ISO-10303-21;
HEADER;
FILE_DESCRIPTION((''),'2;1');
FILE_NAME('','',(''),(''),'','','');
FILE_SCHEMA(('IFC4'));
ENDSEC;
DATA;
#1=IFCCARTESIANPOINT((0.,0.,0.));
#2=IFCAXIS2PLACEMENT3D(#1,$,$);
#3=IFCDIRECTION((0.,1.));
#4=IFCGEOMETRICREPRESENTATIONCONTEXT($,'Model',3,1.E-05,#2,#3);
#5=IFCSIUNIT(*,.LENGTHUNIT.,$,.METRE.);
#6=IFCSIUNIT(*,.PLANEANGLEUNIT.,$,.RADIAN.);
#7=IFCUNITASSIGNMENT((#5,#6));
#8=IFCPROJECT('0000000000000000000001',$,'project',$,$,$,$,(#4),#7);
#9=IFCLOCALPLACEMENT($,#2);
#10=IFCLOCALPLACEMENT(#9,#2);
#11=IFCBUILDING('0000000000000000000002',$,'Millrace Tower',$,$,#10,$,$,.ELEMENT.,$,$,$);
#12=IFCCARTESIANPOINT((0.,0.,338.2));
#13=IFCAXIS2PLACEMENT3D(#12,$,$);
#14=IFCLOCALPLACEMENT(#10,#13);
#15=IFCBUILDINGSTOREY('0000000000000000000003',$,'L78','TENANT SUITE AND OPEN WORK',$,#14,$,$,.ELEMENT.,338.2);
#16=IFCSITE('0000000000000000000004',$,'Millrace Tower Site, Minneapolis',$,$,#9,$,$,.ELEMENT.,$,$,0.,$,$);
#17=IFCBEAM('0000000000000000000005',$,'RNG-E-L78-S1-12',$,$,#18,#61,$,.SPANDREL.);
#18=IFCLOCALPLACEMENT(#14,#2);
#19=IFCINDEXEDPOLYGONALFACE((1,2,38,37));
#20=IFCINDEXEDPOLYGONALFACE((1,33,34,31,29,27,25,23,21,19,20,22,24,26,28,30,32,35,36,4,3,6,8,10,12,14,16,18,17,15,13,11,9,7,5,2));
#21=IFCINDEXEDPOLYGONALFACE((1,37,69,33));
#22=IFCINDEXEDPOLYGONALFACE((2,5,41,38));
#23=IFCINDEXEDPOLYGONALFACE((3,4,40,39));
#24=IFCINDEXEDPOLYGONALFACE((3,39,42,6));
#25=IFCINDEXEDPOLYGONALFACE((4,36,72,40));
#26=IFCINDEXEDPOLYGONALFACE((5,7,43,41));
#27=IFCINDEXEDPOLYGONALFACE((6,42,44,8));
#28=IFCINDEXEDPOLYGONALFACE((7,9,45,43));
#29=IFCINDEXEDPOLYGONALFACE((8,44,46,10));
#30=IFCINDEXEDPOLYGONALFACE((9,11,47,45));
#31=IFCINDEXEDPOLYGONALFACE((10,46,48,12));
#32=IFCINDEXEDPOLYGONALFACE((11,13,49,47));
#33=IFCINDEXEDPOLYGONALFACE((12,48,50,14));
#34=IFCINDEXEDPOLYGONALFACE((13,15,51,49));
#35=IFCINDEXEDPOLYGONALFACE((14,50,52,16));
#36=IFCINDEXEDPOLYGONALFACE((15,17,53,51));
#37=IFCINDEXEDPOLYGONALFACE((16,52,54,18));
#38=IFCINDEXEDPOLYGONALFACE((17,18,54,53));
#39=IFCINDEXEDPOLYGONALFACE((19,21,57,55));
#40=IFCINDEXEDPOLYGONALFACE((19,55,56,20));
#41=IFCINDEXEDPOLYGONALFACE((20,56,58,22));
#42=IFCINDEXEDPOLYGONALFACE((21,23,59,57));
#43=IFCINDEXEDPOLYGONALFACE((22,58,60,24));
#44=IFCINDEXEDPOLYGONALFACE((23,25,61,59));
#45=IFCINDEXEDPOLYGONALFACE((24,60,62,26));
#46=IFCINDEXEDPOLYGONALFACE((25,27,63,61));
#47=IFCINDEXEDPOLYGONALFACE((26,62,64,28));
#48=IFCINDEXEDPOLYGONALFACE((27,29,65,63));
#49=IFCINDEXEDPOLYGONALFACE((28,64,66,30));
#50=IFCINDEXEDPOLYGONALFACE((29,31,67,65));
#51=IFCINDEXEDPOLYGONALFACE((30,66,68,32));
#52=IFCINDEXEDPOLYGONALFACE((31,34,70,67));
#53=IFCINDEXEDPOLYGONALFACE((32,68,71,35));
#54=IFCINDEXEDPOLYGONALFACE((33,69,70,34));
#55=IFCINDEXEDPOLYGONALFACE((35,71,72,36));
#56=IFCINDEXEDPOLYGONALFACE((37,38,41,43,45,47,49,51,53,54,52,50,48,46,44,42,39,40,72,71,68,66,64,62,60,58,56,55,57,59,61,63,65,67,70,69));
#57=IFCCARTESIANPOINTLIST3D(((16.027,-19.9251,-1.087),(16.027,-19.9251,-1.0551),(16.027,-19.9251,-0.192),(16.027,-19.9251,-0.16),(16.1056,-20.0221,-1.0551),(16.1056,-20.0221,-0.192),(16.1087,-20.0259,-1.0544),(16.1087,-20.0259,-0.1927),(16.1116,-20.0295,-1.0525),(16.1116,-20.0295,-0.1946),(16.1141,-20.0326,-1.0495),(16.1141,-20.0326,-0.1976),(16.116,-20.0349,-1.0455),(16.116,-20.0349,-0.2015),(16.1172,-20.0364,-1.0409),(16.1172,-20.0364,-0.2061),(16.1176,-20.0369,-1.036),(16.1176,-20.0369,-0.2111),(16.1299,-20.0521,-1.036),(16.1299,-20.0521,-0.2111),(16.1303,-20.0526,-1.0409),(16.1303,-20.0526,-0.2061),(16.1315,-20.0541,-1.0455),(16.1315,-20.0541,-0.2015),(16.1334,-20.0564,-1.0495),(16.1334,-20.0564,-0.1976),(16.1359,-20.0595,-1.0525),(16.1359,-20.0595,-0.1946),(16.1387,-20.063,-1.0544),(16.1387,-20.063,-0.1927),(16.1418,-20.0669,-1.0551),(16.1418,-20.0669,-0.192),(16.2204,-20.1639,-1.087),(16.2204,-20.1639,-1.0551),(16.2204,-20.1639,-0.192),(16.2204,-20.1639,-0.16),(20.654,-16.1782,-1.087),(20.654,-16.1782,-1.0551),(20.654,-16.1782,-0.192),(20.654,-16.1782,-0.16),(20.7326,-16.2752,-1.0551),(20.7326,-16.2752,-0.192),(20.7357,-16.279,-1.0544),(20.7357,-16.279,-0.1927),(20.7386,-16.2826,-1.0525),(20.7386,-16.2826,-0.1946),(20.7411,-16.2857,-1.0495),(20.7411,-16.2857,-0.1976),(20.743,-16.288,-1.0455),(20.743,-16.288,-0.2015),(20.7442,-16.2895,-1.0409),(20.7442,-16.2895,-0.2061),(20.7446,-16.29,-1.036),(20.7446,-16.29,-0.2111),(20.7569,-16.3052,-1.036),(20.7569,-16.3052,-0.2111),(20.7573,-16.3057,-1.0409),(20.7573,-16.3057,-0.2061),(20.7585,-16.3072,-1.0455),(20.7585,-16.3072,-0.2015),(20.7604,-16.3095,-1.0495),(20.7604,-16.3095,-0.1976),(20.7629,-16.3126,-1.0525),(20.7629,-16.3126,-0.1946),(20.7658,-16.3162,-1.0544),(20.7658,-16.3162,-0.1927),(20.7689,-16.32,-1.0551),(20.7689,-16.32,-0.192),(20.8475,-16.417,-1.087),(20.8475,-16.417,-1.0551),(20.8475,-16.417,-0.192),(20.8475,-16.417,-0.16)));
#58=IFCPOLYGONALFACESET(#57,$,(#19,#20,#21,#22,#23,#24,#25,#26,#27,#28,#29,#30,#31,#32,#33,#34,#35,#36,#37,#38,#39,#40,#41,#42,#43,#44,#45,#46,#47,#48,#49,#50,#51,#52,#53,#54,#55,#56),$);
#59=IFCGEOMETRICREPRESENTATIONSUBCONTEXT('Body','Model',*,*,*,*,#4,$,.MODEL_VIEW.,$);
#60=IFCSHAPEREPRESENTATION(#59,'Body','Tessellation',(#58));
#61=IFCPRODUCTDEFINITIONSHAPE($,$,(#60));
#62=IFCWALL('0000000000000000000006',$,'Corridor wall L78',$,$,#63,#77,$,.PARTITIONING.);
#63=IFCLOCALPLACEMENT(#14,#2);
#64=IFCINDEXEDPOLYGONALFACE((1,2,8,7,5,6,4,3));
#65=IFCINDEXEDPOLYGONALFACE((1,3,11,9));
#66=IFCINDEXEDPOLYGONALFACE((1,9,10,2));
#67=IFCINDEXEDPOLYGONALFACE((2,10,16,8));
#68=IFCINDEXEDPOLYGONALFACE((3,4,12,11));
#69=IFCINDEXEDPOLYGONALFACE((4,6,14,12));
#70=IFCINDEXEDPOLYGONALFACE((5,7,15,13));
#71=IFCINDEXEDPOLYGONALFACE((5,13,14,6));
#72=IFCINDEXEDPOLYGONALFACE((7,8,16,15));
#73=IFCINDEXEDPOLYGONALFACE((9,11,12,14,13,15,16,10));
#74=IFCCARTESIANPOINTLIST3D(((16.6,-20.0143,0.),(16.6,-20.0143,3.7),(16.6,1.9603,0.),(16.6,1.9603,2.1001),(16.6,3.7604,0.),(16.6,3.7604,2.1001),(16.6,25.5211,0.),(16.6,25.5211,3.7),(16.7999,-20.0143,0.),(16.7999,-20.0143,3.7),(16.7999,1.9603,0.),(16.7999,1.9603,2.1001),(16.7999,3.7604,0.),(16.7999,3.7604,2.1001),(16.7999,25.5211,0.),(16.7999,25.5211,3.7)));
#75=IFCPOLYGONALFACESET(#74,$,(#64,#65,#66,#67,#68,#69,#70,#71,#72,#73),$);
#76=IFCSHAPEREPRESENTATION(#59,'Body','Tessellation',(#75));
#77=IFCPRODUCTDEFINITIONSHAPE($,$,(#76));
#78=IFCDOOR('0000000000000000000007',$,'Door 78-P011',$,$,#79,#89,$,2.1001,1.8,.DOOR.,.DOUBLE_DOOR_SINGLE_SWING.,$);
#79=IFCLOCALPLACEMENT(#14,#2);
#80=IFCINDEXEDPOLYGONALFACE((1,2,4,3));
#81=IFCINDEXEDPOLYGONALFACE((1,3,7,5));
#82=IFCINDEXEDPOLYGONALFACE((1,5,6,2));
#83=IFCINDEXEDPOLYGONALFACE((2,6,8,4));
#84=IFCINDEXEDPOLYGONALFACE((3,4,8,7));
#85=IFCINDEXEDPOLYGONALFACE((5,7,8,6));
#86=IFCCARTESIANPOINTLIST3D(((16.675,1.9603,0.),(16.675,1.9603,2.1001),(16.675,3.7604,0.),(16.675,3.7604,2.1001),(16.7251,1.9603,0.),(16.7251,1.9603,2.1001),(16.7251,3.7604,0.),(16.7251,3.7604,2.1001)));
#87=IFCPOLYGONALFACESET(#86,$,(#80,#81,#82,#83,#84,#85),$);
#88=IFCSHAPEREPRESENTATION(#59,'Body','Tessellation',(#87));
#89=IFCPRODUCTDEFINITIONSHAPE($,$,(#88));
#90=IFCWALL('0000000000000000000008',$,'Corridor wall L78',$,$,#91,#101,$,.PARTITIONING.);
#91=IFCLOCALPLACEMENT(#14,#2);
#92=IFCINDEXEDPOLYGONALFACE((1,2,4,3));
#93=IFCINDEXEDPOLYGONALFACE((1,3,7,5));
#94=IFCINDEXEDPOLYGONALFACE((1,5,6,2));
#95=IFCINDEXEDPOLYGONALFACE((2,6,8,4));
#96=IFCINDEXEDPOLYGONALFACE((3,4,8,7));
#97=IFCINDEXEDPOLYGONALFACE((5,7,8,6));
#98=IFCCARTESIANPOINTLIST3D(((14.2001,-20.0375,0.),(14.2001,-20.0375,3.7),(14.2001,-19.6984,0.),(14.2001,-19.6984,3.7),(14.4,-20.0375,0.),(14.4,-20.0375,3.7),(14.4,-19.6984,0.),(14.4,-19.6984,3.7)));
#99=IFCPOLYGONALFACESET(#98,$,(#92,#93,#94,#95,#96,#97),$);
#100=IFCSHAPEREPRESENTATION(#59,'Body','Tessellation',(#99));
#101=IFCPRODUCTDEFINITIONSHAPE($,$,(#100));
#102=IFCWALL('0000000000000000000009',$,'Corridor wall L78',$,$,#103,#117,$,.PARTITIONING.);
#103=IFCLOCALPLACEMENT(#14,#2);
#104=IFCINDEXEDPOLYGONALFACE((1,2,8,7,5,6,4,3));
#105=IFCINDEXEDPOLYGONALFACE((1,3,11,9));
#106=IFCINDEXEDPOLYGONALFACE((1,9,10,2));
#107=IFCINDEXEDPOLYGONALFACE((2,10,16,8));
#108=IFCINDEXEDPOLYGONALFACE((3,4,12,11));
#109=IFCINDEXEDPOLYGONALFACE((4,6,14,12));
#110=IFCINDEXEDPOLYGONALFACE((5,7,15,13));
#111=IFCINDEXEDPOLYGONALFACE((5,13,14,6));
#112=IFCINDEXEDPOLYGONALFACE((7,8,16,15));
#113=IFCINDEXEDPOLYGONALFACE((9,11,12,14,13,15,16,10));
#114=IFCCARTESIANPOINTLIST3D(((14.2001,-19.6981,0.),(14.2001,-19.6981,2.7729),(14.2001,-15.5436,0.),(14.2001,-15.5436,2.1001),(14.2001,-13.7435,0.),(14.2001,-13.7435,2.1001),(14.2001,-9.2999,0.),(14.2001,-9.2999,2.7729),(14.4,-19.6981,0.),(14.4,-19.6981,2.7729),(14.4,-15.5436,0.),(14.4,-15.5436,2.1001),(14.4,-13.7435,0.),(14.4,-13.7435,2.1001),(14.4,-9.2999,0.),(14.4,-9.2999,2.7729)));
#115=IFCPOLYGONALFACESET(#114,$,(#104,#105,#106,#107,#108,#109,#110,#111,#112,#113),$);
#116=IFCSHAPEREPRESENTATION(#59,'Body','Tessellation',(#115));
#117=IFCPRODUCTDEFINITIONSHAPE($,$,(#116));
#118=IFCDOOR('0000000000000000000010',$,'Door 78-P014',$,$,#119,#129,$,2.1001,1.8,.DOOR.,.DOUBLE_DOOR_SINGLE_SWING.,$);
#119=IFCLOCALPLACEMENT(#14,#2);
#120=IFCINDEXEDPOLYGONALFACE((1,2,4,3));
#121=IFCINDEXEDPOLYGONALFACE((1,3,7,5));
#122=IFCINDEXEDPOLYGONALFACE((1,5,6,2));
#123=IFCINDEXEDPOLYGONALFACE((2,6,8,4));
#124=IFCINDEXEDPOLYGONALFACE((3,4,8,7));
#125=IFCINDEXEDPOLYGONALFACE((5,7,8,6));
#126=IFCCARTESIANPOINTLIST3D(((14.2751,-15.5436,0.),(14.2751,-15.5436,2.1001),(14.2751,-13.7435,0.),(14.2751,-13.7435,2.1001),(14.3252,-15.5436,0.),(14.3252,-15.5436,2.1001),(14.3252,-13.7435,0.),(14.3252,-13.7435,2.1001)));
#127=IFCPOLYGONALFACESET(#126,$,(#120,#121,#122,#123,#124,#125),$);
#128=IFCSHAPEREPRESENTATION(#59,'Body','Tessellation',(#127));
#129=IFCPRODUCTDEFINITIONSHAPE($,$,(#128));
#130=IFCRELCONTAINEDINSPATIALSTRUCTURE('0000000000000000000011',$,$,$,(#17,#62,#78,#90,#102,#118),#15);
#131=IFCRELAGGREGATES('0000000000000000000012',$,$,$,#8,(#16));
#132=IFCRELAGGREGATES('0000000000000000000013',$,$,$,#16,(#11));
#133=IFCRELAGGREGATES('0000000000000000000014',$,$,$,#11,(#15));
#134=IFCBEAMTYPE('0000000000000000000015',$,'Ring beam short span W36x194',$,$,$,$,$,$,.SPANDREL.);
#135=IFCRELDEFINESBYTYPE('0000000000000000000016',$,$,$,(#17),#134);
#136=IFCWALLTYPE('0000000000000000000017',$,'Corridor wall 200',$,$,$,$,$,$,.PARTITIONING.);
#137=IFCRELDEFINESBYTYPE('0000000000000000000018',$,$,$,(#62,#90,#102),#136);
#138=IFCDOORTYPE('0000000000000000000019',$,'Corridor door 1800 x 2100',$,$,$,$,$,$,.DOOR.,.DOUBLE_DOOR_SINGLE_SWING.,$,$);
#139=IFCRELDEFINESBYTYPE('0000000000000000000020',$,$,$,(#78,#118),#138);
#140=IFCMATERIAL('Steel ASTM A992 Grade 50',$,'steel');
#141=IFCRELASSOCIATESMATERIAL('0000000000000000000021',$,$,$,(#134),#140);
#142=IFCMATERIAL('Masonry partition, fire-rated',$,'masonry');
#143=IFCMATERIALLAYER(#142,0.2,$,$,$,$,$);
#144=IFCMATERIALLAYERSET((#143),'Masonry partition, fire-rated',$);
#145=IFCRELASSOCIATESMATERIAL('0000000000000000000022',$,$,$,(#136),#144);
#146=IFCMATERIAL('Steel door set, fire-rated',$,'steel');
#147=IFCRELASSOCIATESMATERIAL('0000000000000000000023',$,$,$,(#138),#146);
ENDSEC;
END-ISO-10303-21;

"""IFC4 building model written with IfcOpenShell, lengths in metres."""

from ifc_helpers import new_model, si_unit, direction, frame, frame_2d, origin, origin_2d, place, context, subcontext, project, spatial, rectangle, i_section, extrude, material, layer, layer_set, material_profile, profile_set, type_object, element, fill, save


model = new_model("IFC4")

# Units and contexts
model_context = context("Model", 3, precision=1e-05, world=origin(), true_north=direction((0.0, 1.0)))
body_context = subcontext(model_context, "Body", "Model", "MODEL_VIEW")
ifc_project = project(units=[si_unit("LENGTHUNIT", "METRE"), si_unit("PLANEANGLEUNIT", "RADIAN")], contexts=[model_context])

# Site, building, storey
site_placement = place(None, origin())
site = spatial("IfcSite", under=ifc_project, at=site_placement, Name="Millrace Tower Site, Minneapolis", CompositionType="ELEMENT", RefElevation=0.0)
building_placement = place(site_placement, origin())
building = spatial("IfcBuilding", under=site, at=building_placement, Name="Millrace Tower", CompositionType="ELEMENT")
storey_placement = place(building_placement, frame((0.0, 0.0, 338.2)))
storey = spatial("IfcBuildingStorey", under=building, at=storey_placement, Name="L78", Description="TENANT SUITE AND OPEN WORK", CompositionType="ELEMENT", Elevation=338.2)

# Beam
ifc_material_1 = material(Name="Steel ASTM A992 Grade 50", Category="steel")
ifc_material_profile_1 = material_profile(ifc_material_1, i_section(OverallWidth=0.3074, OverallDepth=0.927, WebThickness=0.0195, FlangeThickness=0.032, FilletRadius=0.019, at=origin_2d()))
ifc_profile_set_1 = profile_set([ifc_material_profile_1], Name="Steel ASTM A992 Grade 50")
beam_type_1 = type_object("IfcBeamType", Name="Ring beam short span W36x194", PredefinedType="SPANDREL", material=ifc_profile_set_1)
beam_1_placement = place(storey_placement, frame((20.7507, -16.2976, -0.6235), z_axis=(-0.777147, -0.62932, 0.0), x_axis=(0.62932, -0.777147, 0.0)))
element("IfcBeam", 1, at=beam_1_placement, inside=storey, type_object=beam_type_1, Name="RNG-E-L78-S1-12", PredefinedType="SPANDREL", context=body_context, shape_type="SweptSolid", body=[
    extrude(i_section(OverallWidth=0.3074, OverallDepth=0.927, WebThickness=0.0195, FlangeThickness=0.032, FilletRadius=0.019, at=origin_2d()), origin(), (0.0, 0.0, 1.0), 5.9539),
])

# Wall, opening, door
ifc_material_2 = material(Name="Masonry partition, fire-rated", Category="masonry")
ifc_layer_1 = layer(ifc_material_2, 0.2)
ifc_layer_set_1 = layer_set([ifc_layer_1], Name="Masonry partition, fire-rated")
wall_type = type_object("IfcWallType", Name="Corridor wall 200", PredefinedType="PARTITIONING", material=ifc_layer_set_1)
wall_1_placement = place(storey_placement, frame((16.7, -20.0142, 0.0), z_axis=(0.0, 0.0, 1.0), x_axis=(0.0, 1.0, 0.0)))
wall_1 = element("IfcWall", 2, at=wall_1_placement, inside=storey, type_object=wall_type, Name="Corridor wall L78", PredefinedType="PARTITIONING", context=body_context, shape_type="SweptSolid", body=[
    extrude(rectangle(XDim=45.5354, YDim=0.2, at=frame_2d((22.7676, 0.0))), origin(), (0.0, 0.0, 1.0), 3.7),
])
opening_1_placement = place(wall_1_placement, frame((21.9746, 0.0, 0.0)))
opening_1 = element("IfcOpeningElement", 3, at=opening_1_placement, cuts=wall_1, PredefinedType="OPENING", context=body_context, shape_type="SweptSolid", body=[
    extrude(rectangle(XDim=1.8, YDim=2.1001, at=frame_2d((0.8999, 1.05))), frame((0.0, 0.1099, 0.0), z_axis=(0.0, -1.0, 0.0), x_axis=(1.0, 0.0, 0.0)), (0.0, 0.0, 1.0), 0.22),
])
ifc_material_3 = material(Name="Steel door set, fire-rated", Category="steel")
door_type = type_object("IfcDoorType", Name="Corridor door 1800 x 2100", OperationType="DOUBLE_DOOR_SINGLE_SWING", PredefinedType="DOOR", material=ifc_material_3)
door_1_placement = place(opening_1_placement, origin())
door_1 = element("IfcDoor", 4, at=door_1_placement, inside=storey, type_object=door_type, Name="Door 78-P011", OperationType="DOUBLE_DOOR_SINGLE_SWING", OverallHeight=2.1001, OverallWidth=1.8, PredefinedType="DOOR", context=body_context, shape_type="SweptSolid", body=[
    extrude(rectangle(XDim=1.8, YDim=2.1001, at=frame_2d((0.8999, 1.05))), frame((0.0, 0.0249, 0.0), z_axis=(0.0, -1.0, 0.0), x_axis=(1.0, 0.0, 0.0)), (0.0, 0.0, 1.0), 0.05),
])
fill(opening_1, door_1)

# Wall
wall_2_placement = place(storey_placement, frame((14.3, -20.0374, 0.0), z_axis=(0.0, 0.0, 1.0), x_axis=(0.0, 1.0, 0.0)))
element("IfcWall", 5, at=wall_2_placement, inside=storey, type_object=wall_type, Name="Corridor wall L78", PredefinedType="PARTITIONING", context=body_context, shape_type="SweptSolid", body=[
    extrude(rectangle(XDim=0.3391, YDim=0.2, at=frame_2d((0.1694, 0.0))), origin(), (0.0, 0.0, 1.0), 3.7),
])

# Wall, opening, door
wall_3_placement = place(storey_placement, frame((14.3, -19.6982, 0.0), z_axis=(0.0, 0.0, 1.0), x_axis=(0.0, 1.0, 0.0)))
wall_3 = element("IfcWall", 6, at=wall_3_placement, inside=storey, type_object=wall_type, Name="Corridor wall L78", PredefinedType="PARTITIONING", context=body_context, shape_type="SweptSolid", body=[
    extrude(rectangle(XDim=10.3982, YDim=0.2, at=frame_2d((5.1992, 0.0))), origin(), (0.0, 0.0, 1.0), 2.7729),
])
opening_2_placement = place(wall_3_placement, frame((4.1548, 0.0, 0.0)))
opening_2 = element("IfcOpeningElement", 7, at=opening_2_placement, cuts=wall_3, PredefinedType="OPENING", context=body_context, shape_type="SweptSolid", body=[
    extrude(rectangle(XDim=1.8, YDim=2.1001, at=frame_2d((0.8999, 1.05))), frame((0.0, 0.1099, 0.0), z_axis=(0.0, -1.0, 0.0), x_axis=(1.0, 0.0, 0.0)), (0.0, 0.0, 1.0), 0.22),
])
door_2_placement = place(opening_2_placement, origin())
door_2 = element("IfcDoor", 8, at=door_2_placement, inside=storey, type_object=door_type, Name="Door 78-P014", OperationType="DOUBLE_DOOR_SINGLE_SWING", OverallHeight=2.1001, OverallWidth=1.8, PredefinedType="DOOR", context=body_context, shape_type="SweptSolid", body=[
    extrude(rectangle(XDim=1.8, YDim=2.1001, at=frame_2d((0.8999, 1.05))), frame((0.0, 0.0249, 0.0), z_axis=(0.0, -1.0, 0.0), x_axis=(1.0, 0.0, 0.0)), (0.0, 0.0, 1.0), 0.05),
])
fill(opening_2, door_2)

save(model, "model.ifc")
